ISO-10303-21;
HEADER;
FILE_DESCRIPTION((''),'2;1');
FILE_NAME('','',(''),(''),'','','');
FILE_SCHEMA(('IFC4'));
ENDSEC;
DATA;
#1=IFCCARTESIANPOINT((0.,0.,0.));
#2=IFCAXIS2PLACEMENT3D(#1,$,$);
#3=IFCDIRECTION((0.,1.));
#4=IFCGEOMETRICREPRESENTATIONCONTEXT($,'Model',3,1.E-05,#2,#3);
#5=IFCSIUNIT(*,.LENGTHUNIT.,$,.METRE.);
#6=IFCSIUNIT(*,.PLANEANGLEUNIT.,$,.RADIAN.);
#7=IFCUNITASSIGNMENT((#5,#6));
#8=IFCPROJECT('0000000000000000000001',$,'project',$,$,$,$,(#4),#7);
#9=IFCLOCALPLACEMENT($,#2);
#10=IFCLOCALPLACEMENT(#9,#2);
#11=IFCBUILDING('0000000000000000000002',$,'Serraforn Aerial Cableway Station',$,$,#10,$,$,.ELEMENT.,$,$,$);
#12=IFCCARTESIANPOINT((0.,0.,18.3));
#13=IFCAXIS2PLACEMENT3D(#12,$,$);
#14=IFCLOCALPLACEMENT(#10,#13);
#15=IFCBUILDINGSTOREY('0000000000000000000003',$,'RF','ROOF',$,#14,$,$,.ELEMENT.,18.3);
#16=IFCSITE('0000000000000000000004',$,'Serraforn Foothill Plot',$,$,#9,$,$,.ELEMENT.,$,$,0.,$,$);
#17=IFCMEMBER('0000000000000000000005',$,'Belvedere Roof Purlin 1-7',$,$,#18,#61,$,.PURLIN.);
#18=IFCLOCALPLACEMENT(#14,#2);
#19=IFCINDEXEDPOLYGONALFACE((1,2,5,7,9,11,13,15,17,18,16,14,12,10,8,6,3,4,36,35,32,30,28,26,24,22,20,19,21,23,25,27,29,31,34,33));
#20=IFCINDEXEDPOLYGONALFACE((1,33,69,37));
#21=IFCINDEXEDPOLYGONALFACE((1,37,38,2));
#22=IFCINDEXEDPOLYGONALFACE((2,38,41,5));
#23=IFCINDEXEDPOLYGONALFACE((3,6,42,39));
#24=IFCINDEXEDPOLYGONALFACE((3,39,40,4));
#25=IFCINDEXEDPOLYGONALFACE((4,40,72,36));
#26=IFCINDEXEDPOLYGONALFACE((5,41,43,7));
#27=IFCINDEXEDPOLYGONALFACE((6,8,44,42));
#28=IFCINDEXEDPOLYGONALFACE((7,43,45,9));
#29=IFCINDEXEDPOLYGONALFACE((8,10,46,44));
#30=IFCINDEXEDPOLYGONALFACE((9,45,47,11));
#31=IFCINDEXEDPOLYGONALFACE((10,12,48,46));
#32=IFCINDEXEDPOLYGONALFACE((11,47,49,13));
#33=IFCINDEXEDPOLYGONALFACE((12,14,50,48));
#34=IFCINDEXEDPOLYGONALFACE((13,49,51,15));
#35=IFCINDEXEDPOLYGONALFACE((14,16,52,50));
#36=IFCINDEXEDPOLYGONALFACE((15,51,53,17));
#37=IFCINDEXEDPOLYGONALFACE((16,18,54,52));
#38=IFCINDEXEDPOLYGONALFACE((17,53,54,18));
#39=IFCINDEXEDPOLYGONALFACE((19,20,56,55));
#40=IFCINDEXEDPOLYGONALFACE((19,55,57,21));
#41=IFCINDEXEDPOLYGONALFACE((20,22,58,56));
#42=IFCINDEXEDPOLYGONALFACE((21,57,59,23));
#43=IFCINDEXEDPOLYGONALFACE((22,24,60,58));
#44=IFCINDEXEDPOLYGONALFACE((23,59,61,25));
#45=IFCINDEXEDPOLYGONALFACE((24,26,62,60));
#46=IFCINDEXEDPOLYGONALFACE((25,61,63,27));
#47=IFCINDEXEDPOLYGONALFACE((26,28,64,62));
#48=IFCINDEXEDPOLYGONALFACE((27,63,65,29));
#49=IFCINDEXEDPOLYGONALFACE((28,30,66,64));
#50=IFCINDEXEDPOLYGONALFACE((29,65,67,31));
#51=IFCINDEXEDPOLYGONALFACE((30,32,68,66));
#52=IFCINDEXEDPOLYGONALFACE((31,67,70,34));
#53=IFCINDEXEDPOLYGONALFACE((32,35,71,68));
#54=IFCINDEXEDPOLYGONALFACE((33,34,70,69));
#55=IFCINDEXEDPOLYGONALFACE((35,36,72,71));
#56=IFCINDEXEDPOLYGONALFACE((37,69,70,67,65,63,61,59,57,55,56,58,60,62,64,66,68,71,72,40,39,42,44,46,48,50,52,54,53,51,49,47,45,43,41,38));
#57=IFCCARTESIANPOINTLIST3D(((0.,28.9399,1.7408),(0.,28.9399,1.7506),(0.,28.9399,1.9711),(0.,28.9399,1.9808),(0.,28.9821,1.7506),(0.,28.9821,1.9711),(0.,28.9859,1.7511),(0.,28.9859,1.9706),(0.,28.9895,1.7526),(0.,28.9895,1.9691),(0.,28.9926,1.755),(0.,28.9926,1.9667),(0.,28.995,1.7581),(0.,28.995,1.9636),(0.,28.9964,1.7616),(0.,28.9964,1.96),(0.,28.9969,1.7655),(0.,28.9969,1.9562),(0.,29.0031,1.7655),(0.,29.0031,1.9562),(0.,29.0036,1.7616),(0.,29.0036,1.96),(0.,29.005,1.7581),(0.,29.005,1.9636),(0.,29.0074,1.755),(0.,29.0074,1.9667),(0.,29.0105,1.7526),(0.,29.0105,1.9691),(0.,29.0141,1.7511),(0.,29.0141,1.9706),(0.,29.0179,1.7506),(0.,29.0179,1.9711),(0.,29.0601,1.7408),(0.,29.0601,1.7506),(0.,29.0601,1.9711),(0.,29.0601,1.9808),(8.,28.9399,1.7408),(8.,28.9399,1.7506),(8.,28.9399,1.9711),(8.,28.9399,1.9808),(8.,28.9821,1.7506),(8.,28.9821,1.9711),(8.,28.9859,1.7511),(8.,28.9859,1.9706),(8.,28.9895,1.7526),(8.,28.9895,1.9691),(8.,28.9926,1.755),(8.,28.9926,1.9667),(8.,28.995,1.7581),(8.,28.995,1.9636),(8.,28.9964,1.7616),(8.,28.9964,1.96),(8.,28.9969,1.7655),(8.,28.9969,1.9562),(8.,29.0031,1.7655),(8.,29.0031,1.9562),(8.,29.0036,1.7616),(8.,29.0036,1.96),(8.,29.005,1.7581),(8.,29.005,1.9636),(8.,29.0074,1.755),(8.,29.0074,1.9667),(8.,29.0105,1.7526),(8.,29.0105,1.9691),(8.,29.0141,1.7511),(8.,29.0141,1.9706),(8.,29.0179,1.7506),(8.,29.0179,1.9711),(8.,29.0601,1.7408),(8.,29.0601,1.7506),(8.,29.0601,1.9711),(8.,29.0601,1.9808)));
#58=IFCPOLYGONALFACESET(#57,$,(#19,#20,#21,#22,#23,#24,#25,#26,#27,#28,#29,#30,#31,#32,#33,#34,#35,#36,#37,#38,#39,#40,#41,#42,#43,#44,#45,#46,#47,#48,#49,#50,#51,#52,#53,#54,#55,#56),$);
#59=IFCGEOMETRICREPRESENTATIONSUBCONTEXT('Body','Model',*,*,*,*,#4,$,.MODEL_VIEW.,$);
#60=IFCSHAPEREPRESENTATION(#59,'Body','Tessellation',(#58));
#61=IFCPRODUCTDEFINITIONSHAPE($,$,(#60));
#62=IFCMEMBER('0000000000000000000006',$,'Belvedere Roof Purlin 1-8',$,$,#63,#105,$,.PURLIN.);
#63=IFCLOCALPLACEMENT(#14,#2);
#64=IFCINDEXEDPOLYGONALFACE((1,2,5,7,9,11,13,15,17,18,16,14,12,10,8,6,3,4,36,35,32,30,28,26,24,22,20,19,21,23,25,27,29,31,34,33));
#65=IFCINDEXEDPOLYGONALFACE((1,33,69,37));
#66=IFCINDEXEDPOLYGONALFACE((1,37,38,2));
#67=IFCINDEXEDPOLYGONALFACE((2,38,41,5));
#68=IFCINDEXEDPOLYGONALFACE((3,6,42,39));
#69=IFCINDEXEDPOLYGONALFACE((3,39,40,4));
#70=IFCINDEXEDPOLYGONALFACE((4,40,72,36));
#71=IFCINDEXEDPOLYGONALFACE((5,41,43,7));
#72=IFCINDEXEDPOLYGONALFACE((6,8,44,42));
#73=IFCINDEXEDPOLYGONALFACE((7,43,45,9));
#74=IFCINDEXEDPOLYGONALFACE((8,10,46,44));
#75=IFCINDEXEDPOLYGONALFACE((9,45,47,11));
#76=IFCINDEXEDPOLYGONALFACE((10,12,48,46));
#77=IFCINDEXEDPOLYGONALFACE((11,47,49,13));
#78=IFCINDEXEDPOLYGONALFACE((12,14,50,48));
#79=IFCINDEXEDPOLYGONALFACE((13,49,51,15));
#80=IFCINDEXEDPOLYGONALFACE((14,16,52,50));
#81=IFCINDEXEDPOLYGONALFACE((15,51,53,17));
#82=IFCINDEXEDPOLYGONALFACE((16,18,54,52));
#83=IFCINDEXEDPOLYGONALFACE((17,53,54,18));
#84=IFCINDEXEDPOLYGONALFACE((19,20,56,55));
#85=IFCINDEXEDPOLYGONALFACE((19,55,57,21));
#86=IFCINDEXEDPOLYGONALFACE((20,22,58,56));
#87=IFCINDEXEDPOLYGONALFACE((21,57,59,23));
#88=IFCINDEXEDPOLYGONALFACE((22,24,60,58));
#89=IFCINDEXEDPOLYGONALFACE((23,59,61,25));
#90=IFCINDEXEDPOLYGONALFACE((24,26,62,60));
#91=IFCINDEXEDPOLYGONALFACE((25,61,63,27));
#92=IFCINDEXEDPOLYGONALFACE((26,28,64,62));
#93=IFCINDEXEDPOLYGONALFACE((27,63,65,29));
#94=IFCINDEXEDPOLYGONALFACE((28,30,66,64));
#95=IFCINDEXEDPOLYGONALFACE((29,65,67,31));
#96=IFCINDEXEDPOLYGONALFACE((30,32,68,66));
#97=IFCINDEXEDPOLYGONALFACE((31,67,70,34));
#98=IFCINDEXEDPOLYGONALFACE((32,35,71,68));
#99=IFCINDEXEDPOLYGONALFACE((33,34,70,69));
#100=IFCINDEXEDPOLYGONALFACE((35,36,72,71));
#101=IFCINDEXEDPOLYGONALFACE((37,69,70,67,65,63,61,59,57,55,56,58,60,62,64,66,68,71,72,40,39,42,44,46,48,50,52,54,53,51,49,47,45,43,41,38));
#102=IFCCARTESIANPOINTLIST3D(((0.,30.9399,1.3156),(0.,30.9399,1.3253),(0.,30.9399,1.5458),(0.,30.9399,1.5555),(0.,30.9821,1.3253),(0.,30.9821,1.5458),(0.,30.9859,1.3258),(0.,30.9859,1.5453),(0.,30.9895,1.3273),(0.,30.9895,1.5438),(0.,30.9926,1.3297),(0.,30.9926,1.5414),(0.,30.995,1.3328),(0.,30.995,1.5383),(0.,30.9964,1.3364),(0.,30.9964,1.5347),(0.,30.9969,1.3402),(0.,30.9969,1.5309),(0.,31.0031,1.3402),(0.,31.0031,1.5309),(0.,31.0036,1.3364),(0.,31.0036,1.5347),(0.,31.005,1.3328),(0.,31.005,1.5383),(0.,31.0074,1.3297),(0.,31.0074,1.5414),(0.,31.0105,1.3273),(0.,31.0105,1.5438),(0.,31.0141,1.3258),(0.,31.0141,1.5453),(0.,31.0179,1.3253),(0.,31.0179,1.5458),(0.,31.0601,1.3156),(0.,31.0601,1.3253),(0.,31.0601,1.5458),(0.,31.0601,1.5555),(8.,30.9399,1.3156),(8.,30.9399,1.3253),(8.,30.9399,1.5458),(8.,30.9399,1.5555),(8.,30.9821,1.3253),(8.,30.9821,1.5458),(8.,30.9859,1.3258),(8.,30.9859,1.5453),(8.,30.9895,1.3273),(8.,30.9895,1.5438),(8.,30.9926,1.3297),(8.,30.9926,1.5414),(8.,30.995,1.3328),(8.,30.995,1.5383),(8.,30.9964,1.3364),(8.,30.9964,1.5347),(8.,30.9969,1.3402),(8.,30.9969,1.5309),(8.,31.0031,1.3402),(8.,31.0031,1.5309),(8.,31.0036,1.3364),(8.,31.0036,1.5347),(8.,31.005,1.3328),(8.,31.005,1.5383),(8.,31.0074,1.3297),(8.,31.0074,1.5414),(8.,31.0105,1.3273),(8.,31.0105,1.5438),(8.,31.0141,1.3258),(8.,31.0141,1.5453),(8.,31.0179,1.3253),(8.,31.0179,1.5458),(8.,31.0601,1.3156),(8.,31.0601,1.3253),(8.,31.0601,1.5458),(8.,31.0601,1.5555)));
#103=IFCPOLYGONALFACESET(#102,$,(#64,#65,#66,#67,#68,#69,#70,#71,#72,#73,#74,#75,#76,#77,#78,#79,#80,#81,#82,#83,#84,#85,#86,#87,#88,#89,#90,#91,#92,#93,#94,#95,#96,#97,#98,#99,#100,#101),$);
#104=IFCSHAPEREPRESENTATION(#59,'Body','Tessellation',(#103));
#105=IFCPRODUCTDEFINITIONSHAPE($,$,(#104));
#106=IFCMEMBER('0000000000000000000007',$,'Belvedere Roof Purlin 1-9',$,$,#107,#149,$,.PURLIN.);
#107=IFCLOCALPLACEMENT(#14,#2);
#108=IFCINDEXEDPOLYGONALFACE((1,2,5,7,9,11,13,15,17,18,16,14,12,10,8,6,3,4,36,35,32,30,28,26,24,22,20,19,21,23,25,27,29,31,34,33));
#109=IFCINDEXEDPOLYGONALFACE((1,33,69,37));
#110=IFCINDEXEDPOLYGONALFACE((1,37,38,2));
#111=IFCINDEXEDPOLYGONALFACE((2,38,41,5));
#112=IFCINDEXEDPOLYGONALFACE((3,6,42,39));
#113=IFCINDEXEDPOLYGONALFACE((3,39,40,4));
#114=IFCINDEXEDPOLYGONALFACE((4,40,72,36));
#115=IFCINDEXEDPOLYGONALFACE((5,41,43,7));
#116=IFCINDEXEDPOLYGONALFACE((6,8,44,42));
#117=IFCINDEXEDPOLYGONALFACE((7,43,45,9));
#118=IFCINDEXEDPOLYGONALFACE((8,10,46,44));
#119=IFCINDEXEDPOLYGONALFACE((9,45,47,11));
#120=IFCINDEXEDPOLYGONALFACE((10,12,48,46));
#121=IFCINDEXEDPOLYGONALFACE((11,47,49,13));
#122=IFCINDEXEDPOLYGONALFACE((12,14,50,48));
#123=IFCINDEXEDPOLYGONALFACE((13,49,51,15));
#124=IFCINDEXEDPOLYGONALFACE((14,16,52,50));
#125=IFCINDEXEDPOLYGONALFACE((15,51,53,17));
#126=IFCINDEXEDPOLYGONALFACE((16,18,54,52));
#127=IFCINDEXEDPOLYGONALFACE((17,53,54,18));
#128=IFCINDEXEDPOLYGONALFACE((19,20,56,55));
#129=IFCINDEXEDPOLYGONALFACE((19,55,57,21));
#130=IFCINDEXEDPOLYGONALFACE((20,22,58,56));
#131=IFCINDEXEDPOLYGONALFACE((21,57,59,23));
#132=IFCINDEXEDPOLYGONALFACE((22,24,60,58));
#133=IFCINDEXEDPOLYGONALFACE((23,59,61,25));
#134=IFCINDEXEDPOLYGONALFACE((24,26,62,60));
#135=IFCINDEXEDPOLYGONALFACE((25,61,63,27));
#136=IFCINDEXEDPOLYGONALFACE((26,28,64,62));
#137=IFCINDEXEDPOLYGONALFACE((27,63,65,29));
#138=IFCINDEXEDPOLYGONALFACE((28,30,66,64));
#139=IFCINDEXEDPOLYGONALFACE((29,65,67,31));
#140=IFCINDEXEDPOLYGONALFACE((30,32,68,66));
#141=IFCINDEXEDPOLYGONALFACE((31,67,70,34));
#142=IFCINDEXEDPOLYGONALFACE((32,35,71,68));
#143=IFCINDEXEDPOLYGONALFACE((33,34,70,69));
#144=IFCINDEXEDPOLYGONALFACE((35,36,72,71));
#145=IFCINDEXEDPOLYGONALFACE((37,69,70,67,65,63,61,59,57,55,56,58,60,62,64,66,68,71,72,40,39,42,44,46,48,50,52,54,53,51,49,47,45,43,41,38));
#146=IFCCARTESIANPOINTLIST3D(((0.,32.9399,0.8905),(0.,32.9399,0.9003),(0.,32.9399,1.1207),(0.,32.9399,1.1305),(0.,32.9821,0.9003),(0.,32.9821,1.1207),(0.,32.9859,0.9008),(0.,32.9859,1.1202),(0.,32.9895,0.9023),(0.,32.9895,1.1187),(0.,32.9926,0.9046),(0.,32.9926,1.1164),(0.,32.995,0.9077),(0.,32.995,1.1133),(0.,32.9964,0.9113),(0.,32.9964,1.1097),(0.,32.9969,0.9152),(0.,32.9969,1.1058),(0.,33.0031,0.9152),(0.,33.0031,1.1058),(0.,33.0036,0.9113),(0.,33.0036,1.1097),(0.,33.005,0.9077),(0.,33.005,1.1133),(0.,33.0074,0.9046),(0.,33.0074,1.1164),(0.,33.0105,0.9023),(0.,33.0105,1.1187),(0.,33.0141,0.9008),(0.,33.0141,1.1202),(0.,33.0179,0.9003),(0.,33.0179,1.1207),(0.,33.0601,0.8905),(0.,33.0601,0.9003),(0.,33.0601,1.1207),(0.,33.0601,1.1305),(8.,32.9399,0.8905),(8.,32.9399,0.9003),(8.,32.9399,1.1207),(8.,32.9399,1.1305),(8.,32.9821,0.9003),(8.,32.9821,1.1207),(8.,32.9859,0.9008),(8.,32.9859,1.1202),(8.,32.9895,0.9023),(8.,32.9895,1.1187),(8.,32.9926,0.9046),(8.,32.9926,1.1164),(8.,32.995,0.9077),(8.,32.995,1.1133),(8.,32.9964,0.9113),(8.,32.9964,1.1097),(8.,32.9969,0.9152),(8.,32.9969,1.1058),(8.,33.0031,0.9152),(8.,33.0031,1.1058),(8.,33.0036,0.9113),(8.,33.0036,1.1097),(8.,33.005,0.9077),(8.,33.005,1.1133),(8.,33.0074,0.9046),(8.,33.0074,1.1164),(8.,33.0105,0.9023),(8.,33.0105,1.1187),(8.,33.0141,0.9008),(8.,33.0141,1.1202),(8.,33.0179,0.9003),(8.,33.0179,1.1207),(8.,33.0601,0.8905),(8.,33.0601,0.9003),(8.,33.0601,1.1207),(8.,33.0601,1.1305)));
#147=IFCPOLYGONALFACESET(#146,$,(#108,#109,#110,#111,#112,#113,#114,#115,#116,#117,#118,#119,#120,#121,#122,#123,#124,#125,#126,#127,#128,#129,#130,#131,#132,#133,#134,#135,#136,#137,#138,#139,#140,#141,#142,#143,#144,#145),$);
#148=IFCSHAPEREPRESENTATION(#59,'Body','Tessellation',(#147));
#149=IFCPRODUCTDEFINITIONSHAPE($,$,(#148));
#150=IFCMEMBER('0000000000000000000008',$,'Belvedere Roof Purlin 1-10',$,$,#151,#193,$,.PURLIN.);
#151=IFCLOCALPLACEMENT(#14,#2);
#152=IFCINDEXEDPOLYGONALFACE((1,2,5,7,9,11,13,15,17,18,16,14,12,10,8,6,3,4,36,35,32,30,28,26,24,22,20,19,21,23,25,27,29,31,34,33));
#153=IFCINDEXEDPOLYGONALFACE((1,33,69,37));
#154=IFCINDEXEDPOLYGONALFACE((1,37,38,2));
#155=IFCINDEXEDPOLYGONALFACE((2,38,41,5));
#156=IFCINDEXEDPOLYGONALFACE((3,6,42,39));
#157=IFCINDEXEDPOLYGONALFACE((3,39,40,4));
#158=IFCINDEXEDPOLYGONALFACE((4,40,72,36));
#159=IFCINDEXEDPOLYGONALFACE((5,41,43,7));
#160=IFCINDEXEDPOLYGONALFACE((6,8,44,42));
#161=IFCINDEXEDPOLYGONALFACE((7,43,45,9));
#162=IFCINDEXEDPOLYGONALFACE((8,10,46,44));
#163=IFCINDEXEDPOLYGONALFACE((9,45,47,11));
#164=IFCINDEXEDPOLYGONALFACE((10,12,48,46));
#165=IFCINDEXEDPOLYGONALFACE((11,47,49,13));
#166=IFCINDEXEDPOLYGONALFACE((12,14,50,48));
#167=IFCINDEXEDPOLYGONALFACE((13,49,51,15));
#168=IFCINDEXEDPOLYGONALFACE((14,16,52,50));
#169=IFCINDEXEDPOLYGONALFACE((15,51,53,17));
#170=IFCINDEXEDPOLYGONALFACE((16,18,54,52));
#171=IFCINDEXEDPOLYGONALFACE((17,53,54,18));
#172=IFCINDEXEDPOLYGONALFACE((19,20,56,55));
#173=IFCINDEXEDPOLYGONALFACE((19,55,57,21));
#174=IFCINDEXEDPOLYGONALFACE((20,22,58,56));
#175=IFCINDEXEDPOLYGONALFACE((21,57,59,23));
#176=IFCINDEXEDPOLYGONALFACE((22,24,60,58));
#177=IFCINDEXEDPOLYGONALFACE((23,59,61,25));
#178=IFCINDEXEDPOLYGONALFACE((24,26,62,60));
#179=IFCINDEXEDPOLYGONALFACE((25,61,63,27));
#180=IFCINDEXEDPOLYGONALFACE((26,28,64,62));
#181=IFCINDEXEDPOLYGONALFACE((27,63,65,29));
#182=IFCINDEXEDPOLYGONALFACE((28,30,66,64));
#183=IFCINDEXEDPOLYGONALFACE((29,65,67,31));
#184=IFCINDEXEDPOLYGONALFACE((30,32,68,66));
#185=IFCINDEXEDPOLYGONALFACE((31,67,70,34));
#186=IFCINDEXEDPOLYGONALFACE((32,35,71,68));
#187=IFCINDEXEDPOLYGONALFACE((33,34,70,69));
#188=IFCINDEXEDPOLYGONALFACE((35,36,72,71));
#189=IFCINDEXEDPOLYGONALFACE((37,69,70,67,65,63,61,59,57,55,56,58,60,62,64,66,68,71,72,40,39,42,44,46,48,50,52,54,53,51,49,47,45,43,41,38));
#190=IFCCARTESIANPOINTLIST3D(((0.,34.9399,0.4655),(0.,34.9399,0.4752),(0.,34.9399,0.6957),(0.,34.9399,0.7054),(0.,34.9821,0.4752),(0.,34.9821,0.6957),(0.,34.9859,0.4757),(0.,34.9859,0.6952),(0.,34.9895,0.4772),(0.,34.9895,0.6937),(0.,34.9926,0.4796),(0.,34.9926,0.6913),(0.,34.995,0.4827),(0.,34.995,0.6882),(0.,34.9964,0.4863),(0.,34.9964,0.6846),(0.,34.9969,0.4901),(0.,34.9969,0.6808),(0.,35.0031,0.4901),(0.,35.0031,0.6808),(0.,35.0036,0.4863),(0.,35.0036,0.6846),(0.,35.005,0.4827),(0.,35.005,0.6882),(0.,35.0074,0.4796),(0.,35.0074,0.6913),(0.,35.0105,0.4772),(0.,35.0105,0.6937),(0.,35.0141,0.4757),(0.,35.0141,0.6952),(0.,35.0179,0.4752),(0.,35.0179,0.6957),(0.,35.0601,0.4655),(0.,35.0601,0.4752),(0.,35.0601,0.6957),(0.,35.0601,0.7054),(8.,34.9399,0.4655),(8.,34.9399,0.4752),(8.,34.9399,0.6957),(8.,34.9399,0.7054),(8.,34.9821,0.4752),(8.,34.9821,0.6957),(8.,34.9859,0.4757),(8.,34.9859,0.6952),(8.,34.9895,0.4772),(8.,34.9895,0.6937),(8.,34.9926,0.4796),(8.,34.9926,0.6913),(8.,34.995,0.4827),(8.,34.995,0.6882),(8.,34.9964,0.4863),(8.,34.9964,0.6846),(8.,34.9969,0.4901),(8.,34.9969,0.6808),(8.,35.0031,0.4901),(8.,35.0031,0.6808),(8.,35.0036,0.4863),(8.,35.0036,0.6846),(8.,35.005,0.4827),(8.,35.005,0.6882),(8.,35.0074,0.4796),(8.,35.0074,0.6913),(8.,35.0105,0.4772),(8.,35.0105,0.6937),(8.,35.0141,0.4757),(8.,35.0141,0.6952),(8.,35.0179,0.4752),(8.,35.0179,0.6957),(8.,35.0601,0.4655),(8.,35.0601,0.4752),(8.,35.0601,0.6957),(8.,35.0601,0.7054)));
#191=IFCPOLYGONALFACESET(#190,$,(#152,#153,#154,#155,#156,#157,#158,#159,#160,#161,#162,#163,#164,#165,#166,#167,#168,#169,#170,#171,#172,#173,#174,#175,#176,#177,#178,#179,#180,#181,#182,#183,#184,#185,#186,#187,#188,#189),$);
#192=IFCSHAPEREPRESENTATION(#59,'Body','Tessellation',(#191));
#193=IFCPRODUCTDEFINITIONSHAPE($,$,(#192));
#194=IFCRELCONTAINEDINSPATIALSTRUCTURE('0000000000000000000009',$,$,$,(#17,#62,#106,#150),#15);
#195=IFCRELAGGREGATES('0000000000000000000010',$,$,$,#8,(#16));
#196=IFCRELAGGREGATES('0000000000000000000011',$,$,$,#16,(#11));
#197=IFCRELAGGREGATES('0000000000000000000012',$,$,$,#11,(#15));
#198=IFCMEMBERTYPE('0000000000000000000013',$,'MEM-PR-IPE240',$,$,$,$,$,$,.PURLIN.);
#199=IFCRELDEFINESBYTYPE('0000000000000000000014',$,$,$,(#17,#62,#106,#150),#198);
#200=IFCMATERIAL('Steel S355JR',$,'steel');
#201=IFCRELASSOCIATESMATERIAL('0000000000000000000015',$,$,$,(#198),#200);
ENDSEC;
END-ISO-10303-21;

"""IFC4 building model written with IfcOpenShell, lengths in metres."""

from ifc_helpers import new_model, si_unit, direction, frame, origin, origin_2d, place, context, subcontext, project, spatial, i_section, extrude, material, material_profile, profile_set, type_object, element, save


model = new_model("IFC4")

# Units and contexts
model_context = context("Model", 3, precision=1e-05, world=origin(), true_north=direction((0.0, 1.0)))
body_context = subcontext(model_context, "Body", "Model", "MODEL_VIEW")
ifc_project = project(units=[si_unit("LENGTHUNIT", "METRE"), si_unit("PLANEANGLEUNIT", "RADIAN")], contexts=[model_context])

# Site, building, storey
site_placement = place(None, origin())
site = spatial("IfcSite", under=ifc_project, at=site_placement, Name="Serraforn Foothill Plot", CompositionType="ELEMENT", RefElevation=0.0)
building_placement = place(site_placement, origin())
building = spatial("IfcBuilding", under=site, at=building_placement, Name="Serraforn Aerial Cableway Station", CompositionType="ELEMENT")
storey_placement = place(building_placement, frame((0.0, 0.0, 18.3)))
storey = spatial("IfcBuildingStorey", under=building, at=storey_placement, Name="RF", Description="ROOF", CompositionType="ELEMENT", Elevation=18.3)

# Shared definitions
ifc_material_1 = material(Name="Steel S355JR", Category="steel")

# Members
ifc_material_profile_1 = material_profile(ifc_material_1, i_section(OverallWidth=0.1201, OverallDepth=0.24, WebThickness=0.0061, FlangeThickness=0.0098, FilletRadius=0.0149, at=origin_2d()), Name="IPE 240")
ifc_profile_set_1 = profile_set([ifc_material_profile_1], Name="Steel S355JR")
member_type_1 = type_object("IfcMemberType", Name="MEM-PR-IPE240", PredefinedType="PURLIN", material=ifc_profile_set_1)
for number, where, z_axis, x_axis, name in (
    (1, (0.0, 29.0, 1.8608), (1.0, 0.0, 0.0), (0.0, 1.0, 0.0), "Belvedere Roof Purlin 1-7"),
    (2, (0.0, 31.0, 1.4355), (1.0, 0.0, 0.0), (0.0, 1.0, 0.0), "Belvedere Roof Purlin 1-8"),
    (3, (0.0, 33.0, 1.0105), (1.0, 0.0, 0.0), (0.0, 1.0, 0.0), "Belvedere Roof Purlin 1-9"),
    (4, (0.0, 35.0, 0.5854), (1.0, 0.0, 0.0), (0.0, 1.0, 0.0), "Belvedere Roof Purlin 1-10"),
):
    element("IfcMember", number, at=place(storey_placement, frame(where, z_axis=z_axis, x_axis=x_axis)), inside=storey, type_object=member_type_1, Name=name, PredefinedType="PURLIN", context=body_context, shape_type="SweptSolid", body=[
        extrude(i_section(OverallWidth=0.1201, OverallDepth=0.24, WebThickness=0.0061, FlangeThickness=0.0098, FilletRadius=0.0149, at=origin_2d()), origin(), (0.0, 0.0, 1.0), 8.0),
    ])

save(model, "model.ifc")
